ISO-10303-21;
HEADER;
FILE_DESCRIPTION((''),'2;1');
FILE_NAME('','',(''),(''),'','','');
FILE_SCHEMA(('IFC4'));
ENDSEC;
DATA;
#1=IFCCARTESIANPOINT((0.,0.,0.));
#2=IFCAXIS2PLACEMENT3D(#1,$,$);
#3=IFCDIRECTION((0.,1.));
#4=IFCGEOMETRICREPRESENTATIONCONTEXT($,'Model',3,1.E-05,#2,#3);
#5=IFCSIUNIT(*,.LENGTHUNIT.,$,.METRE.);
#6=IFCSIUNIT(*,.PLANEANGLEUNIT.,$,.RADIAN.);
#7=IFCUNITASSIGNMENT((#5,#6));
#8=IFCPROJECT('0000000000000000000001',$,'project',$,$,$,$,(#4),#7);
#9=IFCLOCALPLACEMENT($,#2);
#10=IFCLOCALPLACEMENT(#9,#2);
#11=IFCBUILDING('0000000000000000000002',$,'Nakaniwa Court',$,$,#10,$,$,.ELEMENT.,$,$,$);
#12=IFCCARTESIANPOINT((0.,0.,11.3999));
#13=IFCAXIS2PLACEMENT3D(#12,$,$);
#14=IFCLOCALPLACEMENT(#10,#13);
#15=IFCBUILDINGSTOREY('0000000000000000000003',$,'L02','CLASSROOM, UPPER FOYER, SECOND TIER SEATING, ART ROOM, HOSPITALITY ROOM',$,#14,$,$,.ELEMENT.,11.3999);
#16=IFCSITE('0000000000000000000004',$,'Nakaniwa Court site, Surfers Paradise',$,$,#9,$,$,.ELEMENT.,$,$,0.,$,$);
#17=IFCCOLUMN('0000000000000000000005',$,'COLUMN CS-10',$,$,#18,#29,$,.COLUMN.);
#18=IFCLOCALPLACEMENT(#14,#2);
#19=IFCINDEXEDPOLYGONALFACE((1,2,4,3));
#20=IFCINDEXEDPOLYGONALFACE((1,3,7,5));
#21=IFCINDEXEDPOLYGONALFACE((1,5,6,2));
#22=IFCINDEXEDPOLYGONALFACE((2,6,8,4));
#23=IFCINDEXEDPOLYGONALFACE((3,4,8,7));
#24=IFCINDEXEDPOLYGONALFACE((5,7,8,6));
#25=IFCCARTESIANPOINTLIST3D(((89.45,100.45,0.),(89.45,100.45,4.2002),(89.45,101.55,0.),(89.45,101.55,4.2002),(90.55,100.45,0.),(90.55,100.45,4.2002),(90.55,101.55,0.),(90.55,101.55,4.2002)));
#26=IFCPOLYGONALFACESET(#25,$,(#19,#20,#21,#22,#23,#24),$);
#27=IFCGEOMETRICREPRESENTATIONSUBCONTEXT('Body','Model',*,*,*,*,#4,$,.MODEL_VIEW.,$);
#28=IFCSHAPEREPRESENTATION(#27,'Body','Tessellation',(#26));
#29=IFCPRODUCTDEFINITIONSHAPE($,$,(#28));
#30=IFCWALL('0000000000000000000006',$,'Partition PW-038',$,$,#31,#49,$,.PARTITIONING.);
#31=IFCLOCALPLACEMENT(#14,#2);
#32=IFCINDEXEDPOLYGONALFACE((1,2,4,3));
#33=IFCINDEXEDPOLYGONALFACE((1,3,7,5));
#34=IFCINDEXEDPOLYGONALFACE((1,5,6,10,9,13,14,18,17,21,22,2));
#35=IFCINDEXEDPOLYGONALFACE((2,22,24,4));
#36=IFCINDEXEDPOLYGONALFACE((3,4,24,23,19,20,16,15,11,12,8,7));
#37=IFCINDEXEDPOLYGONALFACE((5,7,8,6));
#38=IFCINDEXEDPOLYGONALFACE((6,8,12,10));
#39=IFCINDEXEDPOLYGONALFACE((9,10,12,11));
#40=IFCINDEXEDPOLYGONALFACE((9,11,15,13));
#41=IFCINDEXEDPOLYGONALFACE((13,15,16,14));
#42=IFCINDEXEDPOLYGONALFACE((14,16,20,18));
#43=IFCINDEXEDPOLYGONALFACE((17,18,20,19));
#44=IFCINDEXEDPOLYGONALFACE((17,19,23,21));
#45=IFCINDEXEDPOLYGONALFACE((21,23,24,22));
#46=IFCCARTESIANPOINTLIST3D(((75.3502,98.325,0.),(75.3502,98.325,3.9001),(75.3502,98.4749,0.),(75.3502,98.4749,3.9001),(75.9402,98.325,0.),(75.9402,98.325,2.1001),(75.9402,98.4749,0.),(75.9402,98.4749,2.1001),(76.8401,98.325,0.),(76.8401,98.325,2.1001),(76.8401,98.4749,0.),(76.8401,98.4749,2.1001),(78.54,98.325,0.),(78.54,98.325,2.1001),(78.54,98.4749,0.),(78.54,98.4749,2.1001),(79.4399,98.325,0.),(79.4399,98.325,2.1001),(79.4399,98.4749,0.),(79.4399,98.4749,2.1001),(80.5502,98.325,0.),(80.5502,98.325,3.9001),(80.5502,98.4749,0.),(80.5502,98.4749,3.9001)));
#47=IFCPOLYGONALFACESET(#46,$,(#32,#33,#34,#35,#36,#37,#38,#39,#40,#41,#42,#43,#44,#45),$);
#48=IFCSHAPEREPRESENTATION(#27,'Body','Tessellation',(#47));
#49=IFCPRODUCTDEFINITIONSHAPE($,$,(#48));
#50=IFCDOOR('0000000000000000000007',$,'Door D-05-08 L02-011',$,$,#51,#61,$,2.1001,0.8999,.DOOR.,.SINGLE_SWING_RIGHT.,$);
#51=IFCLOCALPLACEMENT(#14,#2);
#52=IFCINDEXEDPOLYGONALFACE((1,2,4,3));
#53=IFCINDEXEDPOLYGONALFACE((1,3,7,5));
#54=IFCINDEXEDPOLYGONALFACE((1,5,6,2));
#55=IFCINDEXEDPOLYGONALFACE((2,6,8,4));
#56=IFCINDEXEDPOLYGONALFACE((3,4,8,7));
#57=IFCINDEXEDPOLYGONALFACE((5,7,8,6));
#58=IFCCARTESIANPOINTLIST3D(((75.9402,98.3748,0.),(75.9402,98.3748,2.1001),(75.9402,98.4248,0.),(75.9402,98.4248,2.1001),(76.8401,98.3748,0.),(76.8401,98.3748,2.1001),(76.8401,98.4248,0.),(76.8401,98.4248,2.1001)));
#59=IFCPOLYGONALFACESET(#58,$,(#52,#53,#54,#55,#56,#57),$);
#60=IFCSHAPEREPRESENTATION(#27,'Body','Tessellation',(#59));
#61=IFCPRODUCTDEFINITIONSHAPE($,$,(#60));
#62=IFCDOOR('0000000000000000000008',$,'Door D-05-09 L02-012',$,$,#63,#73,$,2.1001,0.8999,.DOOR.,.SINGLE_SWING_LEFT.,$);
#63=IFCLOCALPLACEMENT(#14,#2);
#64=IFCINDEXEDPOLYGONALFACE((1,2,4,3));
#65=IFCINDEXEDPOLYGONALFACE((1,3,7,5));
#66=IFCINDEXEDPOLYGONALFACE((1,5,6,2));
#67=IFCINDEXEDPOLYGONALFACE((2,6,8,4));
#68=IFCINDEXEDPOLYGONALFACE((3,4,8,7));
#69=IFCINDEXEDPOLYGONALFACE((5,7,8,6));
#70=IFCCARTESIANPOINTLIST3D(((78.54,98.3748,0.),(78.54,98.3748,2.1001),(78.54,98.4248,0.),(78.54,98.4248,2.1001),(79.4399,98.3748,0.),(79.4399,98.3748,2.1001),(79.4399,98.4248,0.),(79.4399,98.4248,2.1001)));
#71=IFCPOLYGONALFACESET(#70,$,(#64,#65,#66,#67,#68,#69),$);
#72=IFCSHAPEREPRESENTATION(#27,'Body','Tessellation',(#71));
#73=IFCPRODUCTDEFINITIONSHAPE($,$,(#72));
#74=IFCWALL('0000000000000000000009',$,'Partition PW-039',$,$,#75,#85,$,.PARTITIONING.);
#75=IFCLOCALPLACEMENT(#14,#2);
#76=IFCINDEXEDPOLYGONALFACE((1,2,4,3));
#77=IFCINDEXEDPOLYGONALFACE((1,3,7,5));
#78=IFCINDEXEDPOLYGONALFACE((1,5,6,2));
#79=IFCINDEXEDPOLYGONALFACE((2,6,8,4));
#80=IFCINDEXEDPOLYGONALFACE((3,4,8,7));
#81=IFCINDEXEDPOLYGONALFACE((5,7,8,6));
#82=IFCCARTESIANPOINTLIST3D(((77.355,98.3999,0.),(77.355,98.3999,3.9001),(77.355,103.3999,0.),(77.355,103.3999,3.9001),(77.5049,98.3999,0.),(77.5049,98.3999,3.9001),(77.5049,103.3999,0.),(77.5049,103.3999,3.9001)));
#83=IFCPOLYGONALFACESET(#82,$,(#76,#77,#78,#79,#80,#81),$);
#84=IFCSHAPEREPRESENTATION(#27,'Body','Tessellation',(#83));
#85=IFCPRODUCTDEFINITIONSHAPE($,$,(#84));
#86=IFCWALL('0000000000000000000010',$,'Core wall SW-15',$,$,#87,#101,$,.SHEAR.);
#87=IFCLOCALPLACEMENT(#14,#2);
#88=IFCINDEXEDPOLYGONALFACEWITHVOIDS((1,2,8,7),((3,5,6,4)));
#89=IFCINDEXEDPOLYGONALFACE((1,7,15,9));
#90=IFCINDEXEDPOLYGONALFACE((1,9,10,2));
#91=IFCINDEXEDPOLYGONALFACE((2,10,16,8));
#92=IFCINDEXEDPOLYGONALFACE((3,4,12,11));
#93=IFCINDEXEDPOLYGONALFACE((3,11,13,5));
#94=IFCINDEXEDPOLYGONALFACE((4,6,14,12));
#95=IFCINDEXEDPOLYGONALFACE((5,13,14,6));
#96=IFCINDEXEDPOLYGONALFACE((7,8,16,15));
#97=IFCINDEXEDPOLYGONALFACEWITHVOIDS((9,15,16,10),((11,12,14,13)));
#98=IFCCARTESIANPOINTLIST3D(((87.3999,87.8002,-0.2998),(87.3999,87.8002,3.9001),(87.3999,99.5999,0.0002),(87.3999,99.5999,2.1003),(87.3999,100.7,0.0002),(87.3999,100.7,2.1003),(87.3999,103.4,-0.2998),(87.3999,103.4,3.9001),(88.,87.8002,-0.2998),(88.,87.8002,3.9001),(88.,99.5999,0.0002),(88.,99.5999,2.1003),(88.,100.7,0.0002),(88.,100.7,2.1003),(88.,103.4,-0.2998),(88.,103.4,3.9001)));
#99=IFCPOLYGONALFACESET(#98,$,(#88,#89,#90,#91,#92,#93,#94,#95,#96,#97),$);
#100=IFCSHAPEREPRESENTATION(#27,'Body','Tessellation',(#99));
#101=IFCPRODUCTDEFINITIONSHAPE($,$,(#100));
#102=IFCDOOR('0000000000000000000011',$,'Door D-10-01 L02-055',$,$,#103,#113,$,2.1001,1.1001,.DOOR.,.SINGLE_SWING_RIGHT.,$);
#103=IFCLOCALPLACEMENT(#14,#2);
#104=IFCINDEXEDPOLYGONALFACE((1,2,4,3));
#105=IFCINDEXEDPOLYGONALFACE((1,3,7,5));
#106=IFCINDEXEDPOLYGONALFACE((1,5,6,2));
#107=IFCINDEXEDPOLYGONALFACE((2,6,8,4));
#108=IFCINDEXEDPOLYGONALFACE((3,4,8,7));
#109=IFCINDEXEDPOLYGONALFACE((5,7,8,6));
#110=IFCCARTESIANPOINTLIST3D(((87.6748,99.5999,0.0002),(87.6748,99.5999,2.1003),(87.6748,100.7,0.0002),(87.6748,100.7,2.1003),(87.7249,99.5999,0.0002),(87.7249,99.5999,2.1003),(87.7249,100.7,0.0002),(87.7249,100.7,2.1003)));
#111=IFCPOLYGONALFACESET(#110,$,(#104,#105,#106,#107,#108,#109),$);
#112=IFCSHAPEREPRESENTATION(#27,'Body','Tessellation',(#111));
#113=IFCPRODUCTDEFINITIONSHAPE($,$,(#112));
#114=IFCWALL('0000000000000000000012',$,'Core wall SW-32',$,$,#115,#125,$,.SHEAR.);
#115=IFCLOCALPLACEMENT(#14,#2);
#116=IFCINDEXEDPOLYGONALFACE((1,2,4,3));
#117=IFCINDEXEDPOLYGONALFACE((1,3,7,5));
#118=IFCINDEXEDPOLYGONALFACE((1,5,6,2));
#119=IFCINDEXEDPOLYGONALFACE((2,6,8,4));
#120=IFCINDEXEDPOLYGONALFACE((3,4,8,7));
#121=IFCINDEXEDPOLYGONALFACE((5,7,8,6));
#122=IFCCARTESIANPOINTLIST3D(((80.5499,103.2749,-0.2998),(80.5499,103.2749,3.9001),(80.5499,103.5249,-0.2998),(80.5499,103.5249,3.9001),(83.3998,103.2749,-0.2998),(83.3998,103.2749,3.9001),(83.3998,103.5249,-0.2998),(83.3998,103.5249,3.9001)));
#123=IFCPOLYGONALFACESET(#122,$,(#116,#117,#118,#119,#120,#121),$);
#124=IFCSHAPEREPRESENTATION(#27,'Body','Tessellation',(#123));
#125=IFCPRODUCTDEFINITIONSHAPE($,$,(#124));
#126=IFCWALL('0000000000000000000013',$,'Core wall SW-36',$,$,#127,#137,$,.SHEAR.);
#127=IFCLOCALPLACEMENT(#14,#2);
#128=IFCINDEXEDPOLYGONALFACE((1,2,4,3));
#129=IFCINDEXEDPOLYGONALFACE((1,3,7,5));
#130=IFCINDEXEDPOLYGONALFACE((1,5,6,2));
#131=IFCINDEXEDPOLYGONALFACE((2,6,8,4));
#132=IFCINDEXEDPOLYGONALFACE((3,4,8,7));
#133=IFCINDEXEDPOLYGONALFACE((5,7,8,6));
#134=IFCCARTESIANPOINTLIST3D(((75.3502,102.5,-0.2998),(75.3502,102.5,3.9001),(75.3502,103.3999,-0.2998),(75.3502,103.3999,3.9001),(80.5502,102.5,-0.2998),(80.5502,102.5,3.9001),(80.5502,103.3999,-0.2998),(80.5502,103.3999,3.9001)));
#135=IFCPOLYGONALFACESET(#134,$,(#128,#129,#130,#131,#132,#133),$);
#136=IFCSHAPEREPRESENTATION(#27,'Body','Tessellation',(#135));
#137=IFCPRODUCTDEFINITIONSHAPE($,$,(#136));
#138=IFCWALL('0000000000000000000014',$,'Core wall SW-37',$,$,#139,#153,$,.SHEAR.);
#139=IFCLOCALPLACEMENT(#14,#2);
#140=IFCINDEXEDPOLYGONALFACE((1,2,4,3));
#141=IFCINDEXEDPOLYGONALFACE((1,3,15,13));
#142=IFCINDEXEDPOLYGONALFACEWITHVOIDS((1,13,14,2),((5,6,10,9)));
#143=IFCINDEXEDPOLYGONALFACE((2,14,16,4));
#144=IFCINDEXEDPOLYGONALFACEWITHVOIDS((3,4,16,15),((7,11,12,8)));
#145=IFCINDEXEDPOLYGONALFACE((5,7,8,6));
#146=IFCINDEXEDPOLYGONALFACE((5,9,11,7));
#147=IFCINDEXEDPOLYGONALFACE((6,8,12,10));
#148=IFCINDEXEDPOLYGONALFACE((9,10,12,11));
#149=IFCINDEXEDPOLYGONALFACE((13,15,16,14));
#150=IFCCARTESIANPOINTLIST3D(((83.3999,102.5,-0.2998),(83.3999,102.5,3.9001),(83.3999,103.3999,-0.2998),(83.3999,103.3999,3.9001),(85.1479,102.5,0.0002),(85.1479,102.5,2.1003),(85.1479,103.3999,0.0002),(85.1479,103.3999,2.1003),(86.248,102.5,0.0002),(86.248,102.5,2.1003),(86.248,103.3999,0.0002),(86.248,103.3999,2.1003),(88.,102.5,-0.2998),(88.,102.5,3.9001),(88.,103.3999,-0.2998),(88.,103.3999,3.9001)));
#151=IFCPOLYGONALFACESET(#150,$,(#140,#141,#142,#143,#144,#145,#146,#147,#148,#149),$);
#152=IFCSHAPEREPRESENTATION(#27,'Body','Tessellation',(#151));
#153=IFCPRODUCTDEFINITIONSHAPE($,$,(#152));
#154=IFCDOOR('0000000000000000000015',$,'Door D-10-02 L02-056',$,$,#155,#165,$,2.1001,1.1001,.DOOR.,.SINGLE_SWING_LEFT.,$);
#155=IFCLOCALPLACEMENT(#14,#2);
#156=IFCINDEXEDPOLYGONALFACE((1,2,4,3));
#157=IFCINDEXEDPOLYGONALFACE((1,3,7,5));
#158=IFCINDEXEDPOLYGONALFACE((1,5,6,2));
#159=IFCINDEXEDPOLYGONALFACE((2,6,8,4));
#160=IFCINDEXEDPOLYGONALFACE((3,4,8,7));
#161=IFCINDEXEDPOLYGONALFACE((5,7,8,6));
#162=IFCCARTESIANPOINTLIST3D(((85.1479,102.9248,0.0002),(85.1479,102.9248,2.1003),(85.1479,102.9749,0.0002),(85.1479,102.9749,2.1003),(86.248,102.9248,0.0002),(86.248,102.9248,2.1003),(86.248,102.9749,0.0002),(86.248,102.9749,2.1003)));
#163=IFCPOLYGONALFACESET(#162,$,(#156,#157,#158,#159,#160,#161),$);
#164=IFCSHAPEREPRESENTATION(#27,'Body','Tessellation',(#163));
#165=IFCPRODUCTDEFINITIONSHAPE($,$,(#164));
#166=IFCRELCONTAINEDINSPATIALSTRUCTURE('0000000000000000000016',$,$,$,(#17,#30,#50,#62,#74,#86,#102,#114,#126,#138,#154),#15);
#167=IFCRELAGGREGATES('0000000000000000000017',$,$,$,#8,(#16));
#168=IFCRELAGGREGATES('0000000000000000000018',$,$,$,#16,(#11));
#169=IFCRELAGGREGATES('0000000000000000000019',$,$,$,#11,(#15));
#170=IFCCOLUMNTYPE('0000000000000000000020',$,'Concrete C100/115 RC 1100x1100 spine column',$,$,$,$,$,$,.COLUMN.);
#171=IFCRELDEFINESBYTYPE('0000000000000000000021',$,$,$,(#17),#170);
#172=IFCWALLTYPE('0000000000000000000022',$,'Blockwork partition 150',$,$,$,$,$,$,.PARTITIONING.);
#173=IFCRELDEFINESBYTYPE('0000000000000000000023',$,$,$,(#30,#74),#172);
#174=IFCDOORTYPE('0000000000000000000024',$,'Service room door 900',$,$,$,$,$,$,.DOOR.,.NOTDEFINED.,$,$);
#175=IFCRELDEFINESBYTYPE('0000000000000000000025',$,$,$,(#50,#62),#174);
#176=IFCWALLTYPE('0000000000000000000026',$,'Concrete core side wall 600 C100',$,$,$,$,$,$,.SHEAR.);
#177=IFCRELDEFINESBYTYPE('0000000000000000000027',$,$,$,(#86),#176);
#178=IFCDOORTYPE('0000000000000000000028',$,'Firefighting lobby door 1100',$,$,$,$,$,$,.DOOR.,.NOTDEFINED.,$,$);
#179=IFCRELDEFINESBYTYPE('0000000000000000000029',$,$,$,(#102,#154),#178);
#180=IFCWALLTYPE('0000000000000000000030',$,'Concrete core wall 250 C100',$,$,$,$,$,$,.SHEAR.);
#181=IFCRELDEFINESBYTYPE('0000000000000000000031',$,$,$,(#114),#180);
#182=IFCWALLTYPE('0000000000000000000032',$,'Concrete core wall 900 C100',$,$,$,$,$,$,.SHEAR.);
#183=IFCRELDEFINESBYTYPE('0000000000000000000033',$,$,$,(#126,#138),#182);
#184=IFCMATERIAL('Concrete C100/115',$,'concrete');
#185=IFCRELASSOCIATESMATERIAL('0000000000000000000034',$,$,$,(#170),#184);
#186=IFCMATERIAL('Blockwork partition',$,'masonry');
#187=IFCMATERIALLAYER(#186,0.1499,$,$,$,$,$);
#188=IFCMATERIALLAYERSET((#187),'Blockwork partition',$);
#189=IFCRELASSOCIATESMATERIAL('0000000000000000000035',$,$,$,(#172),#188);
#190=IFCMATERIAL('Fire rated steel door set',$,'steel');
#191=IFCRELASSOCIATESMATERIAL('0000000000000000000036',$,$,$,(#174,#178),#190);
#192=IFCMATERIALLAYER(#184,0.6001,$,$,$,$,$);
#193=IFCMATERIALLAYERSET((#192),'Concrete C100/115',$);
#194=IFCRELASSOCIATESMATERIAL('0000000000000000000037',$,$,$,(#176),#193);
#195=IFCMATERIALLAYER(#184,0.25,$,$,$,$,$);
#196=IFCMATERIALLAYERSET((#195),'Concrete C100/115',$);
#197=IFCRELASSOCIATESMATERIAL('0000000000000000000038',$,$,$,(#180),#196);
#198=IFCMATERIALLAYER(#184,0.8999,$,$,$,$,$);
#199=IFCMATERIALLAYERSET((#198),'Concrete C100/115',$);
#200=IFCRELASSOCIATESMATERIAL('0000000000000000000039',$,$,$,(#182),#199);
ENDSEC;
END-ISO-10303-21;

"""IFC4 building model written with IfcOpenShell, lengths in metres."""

from ifc_helpers import new_model, si_unit, direction, frame, frame_2d, origin, origin_2d, place, context, subcontext, project, spatial, rectangle, extrude, material, layer, layer_set, material_profile, profile_set, type_object, element, fill, save


model = new_model("IFC4")

# Units and contexts
model_context = context("Model", 3, precision=1e-05, world=origin(), true_north=direction((0.0, 1.0)))
body_context = subcontext(model_context, "Body", "Model", "MODEL_VIEW")
ifc_project = project(units=[si_unit("LENGTHUNIT", "METRE"), si_unit("PLANEANGLEUNIT", "RADIAN")], contexts=[model_context])

# Site, building, storey
site_placement = place(None, origin())
site = spatial("IfcSite", under=ifc_project, at=site_placement, Name="Nakaniwa Court site, Surfers Paradise", CompositionType="ELEMENT", RefElevation=0.0)
building_placement = place(site_placement, origin())
building = spatial("IfcBuilding", under=site, at=building_placement, Name="Nakaniwa Court", CompositionType="ELEMENT")
storey_placement = place(building_placement, frame((0.0, 0.0, 11.3999)))
storey = spatial("IfcBuildingStorey", under=building, at=storey_placement, Name="L02", Description="CLASSROOM, UPPER FOYER, SECOND TIER SEATING, ART ROOM, HOSPITALITY ROOM", CompositionType="ELEMENT", Elevation=11.3999)

# Column
ifc_material_1 = material(Name="Concrete C100/115", Category="concrete")
ifc_material_profile = material_profile(ifc_material_1, rectangle(XDim=1.1001, YDim=1.1001, at=origin_2d()), Name="Concrete C100/115 RC 1100x1100 spine column")
ifc_profile_set = profile_set([ifc_material_profile], Name="Concrete C100/115")
column_type = type_object("IfcColumnType", Name="Concrete C100/115 RC 1100x1100 spine column", PredefinedType="COLUMN", material=ifc_profile_set)
column_placement = place(storey_placement, frame((90.0, 101.0, 0.0), z_axis=(0.0, 0.0, 1.0), x_axis=(0.0, 1.0, 0.0)))
element("IfcColumn", 1, at=column_placement, inside=storey, type_object=column_type, Name="COLUMN CS-10", PredefinedType="COLUMN", context=body_context, shape_type="SweptSolid", body=[
    extrude(rectangle(XDim=1.1001, YDim=1.1001, at=origin_2d()), origin(), (0.0, 0.0, 1.0), 4.2002),
])

# Wall, openings, doors
ifc_material_2 = material(Name="Blockwork partition", Category="masonry")
ifc_layer_1 = layer(ifc_material_2, 0.1499)
ifc_layer_set_1 = layer_set([ifc_layer_1], Name="Blockwork partition")
wall_type_1 = type_object("IfcWallType", Name="Blockwork partition 150", PredefinedType="PARTITIONING", material=ifc_layer_set_1)
wall_1_placement = place(storey_placement, frame((75.3501, 98.3999, 0.0), z_axis=(0.0, 0.0, 1.0), x_axis=(1.0, 0.0, 0.0)))
wall_1 = element("IfcWall", 2, at=wall_1_placement, inside=storey, type_object=wall_type_1, Name="Partition PW-038", PredefinedType="PARTITIONING", context=body_context, shape_type="SweptSolid", body=[
    extrude(rectangle(XDim=5.2, YDim=0.1499, at=frame_2d((2.6001, 0.0))), origin(), (0.0, 0.0, 1.0), 3.9001),
])
opening_1_placement = place(wall_1_placement, frame((0.5901, 0.0, 0.0)))
opening_1 = element("IfcOpeningElement", 3, at=opening_1_placement, cuts=wall_1, PredefinedType="OPENING", context=body_context, shape_type="SweptSolid", body=[
    extrude(rectangle(XDim=0.8999, YDim=2.1001, at=frame_2d((0.45, 1.05))), frame((0.0, 0.085, 0.0), z_axis=(0.0, -1.0, 0.0), x_axis=(1.0, 0.0, 0.0)), (0.0, 0.0, 1.0), 0.1699),
])
opening_2_placement = place(wall_1_placement, frame((3.1899, 0.0, 0.0)))
opening_2 = element("IfcOpeningElement", 4, at=opening_2_placement, cuts=wall_1, PredefinedType="OPENING", context=body_context, shape_type="SweptSolid", body=[
    extrude(rectangle(XDim=0.8999, YDim=2.1001, at=frame_2d((0.45, 1.05))), frame((0.0, 0.085, 0.0), z_axis=(0.0, -1.0, 0.0), x_axis=(1.0, 0.0, 0.0)), (0.0, 0.0, 1.0), 0.1699),
])
ifc_material_3 = material(Name="Fire rated steel door set", Category="steel")
door_type_1 = type_object("IfcDoorType", Name="Service room door 900", OperationType="NOTDEFINED", PredefinedType="DOOR", material=ifc_material_3)
door_1_placement = place(opening_1_placement, origin())
door_1 = element("IfcDoor", 5, at=door_1_placement, inside=storey, type_object=door_type_1, Name="Door D-05-08 L02-011", OperationType="SINGLE_SWING_RIGHT", OverallHeight=2.1001, OverallWidth=0.8999, PredefinedType="DOOR", context=body_context, shape_type="SweptSolid", body=[
    extrude(rectangle(XDim=0.8999, YDim=2.1001, at=frame_2d((0.45, 1.05))), frame((0.0, 0.0249, 0.0), z_axis=(0.0, -1.0, 0.0), x_axis=(1.0, 0.0, 0.0)), (0.0, 0.0, 1.0), 0.05),
])
fill(opening_1, door_1)
door_2_placement = place(opening_2_placement, origin())
door_2 = element("IfcDoor", 6, at=door_2_placement, inside=storey, type_object=door_type_1, Name="Door D-05-09 L02-012", OperationType="SINGLE_SWING_LEFT", OverallHeight=2.1001, OverallWidth=0.8999, PredefinedType="DOOR", context=body_context, shape_type="SweptSolid", body=[
    extrude(rectangle(XDim=0.8999, YDim=2.1001, at=frame_2d((0.45, 1.05))), frame((0.0, 0.0249, 0.0), z_axis=(0.0, -1.0, 0.0), x_axis=(1.0, 0.0, 0.0)), (0.0, 0.0, 1.0), 0.05),
])
fill(opening_2, door_2)

# Wall
wall_2_placement = place(storey_placement, frame((77.4299, 98.3999, 0.0), z_axis=(0.0, 0.0, 1.0), x_axis=(0.0, 1.0, 0.0)))
element("IfcWall", 7, at=wall_2_placement, inside=storey, type_object=wall_type_1, Name="Partition PW-039", PredefinedType="PARTITIONING", context=body_context, shape_type="SweptSolid", body=[
    extrude(rectangle(XDim=5.0, YDim=0.1499, at=frame_2d((2.5, 0.0))), origin(), (0.0, 0.0, 1.0), 3.9001),
])

# Wall, opening, door
ifc_layer_2 = layer(ifc_material_1, 0.6001)
ifc_layer_set_2 = layer_set([ifc_layer_2], Name="Concrete C100/115")
wall_type_2 = type_object("IfcWallType", Name="Concrete core side wall 600 C100", PredefinedType="SHEAR", material=ifc_layer_set_2)
wall_3_placement = place(storey_placement, frame((87.7, 103.3999, -0.2998), z_axis=(0.0, 0.0, 1.0), x_axis=(0.0, -1.0, 0.0)))
wall_3 = element("IfcWall", 8, at=wall_3_placement, inside=storey, type_object=wall_type_2, Name="Core wall SW-15", PredefinedType="SHEAR", context=body_context, shape_type="SweptSolid", body=[
    extrude(rectangle(XDim=15.5999, YDim=0.6001, at=frame_2d((7.7998, 0.0))), origin(), (0.0, 0.0, 1.0), 4.2),
])
opening_3_placement = place(wall_3_placement, frame((2.7, 0.0, 0.3)))
opening_3 = element("IfcOpeningElement", 9, at=opening_3_placement, cuts=wall_3, PredefinedType="OPENING", context=body_context, shape_type="SweptSolid", body=[
    extrude(rectangle(XDim=1.1001, YDim=2.1001, at=frame_2d((0.55, 1.05))), frame((0.0, 0.3101, 0.0), z_axis=(0.0, -1.0, 0.0), x_axis=(1.0, 0.0, 0.0)), (0.0, 0.0, 1.0), 0.6201),
])
door_type_2 = type_object("IfcDoorType", Name="Firefighting lobby door 1100", OperationType="NOTDEFINED", PredefinedType="DOOR", material=ifc_material_3)
door_3_placement = place(opening_3_placement, origin())
door_3 = element("IfcDoor", 10, at=door_3_placement, inside=storey, type_object=door_type_2, Name="Door D-10-01 L02-055", OperationType="SINGLE_SWING_RIGHT", OverallHeight=2.1001, OverallWidth=1.1001, PredefinedType="DOOR", context=body_context, shape_type="SweptSolid", body=[
    extrude(rectangle(XDim=1.1001, YDim=2.1001, at=frame_2d((0.55, 1.05))), frame((0.0, 0.0249, 0.0), z_axis=(0.0, -1.0, 0.0), x_axis=(1.0, 0.0, 0.0)), (0.0, 0.0, 1.0), 0.05),
])
fill(opening_3, door_3)

# Walls
ifc_layer_3 = layer(ifc_material_1, 0.25)
ifc_layer_set_3 = layer_set([ifc_layer_3], Name="Concrete C100/115")
wall_type_3 = type_object("IfcWallType", Name="Concrete core wall 250 C100", PredefinedType="SHEAR", material=ifc_layer_set_3)
wall_4_placement = place(storey_placement, frame((80.55, 103.3999, -0.2998), z_axis=(0.0, 0.0, 1.0), x_axis=(1.0, 0.0, 0.0)))
element("IfcWall", 11, at=wall_4_placement, inside=storey, type_object=wall_type_3, Name="Core wall SW-32", PredefinedType="SHEAR", context=body_context, shape_type="SweptSolid", body=[
    extrude(rectangle(XDim=2.8499, YDim=0.25, at=frame_2d((1.4248, 0.0))), origin(), (0.0, 0.0, 1.0), 4.2),
])
ifc_layer_4 = layer(ifc_material_1, 0.8999)
ifc_layer_set_4 = layer_set([ifc_layer_4], Name="Concrete C100/115")
wall_type_4 = type_object("IfcWallType", Name="Concrete core wall 900 C100", PredefinedType="SHEAR", material=ifc_layer_set_4)
wall_5_placement = place(storey_placement, frame((75.3501, 102.95, -0.2998), z_axis=(0.0, 0.0, 1.0), x_axis=(1.0, 0.0, 0.0)))
element("IfcWall", 12, at=wall_5_placement, inside=storey, type_object=wall_type_4, Name="Core wall SW-36", PredefinedType="SHEAR", context=body_context, shape_type="SweptSolid", body=[
    extrude(rectangle(XDim=5.2, YDim=0.8999, at=frame_2d((2.6001, 0.0))), origin(), (0.0, 0.0, 1.0), 4.2),
])

# Wall, opening, door
wall_6_placement = place(storey_placement, frame((83.3999, 102.95, -0.2998), z_axis=(0.0, 0.0, 1.0), x_axis=(1.0, 0.0, 0.0)))
wall_6 = element("IfcWall", 13, at=wall_6_placement, inside=storey, type_object=wall_type_4, Name="Core wall SW-37", PredefinedType="SHEAR", context=body_context, shape_type="SweptSolid", body=[
    extrude(rectangle(XDim=4.6001, YDim=0.8999, at=frame_2d((2.3, 0.0))), origin(), (0.0, 0.0, 1.0), 4.2),
])
opening_4_placement = place(wall_6_placement, frame((1.748, 0.0, 0.3)))
opening_4 = element("IfcOpeningElement", 14, at=opening_4_placement, cuts=wall_6, PredefinedType="OPENING", context=body_context, shape_type="SweptSolid", body=[
    extrude(rectangle(XDim=1.1001, YDim=2.1001, at=frame_2d((0.55, 1.05))), frame((0.0, 0.46, 0.0), z_axis=(0.0, -1.0, 0.0), x_axis=(1.0, 0.0, 0.0)), (0.0, 0.0, 1.0), 0.9199),
])
door_4_placement = place(opening_4_placement, origin())
door_4 = element("IfcDoor", 15, at=door_4_placement, inside=storey, type_object=door_type_2, Name="Door D-10-02 L02-056", OperationType="SINGLE_SWING_LEFT", OverallHeight=2.1001, OverallWidth=1.1001, PredefinedType="DOOR", context=body_context, shape_type="SweptSolid", body=[
    extrude(rectangle(XDim=1.1001, YDim=2.1001, at=frame_2d((0.55, 1.05))), frame((0.0, 0.0249, 0.0), z_axis=(0.0, -1.0, 0.0), x_axis=(1.0, 0.0, 0.0)), (0.0, 0.0, 1.0), 0.05),
])
fill(opening_4, door_4)

save(model, "model.ifc")
